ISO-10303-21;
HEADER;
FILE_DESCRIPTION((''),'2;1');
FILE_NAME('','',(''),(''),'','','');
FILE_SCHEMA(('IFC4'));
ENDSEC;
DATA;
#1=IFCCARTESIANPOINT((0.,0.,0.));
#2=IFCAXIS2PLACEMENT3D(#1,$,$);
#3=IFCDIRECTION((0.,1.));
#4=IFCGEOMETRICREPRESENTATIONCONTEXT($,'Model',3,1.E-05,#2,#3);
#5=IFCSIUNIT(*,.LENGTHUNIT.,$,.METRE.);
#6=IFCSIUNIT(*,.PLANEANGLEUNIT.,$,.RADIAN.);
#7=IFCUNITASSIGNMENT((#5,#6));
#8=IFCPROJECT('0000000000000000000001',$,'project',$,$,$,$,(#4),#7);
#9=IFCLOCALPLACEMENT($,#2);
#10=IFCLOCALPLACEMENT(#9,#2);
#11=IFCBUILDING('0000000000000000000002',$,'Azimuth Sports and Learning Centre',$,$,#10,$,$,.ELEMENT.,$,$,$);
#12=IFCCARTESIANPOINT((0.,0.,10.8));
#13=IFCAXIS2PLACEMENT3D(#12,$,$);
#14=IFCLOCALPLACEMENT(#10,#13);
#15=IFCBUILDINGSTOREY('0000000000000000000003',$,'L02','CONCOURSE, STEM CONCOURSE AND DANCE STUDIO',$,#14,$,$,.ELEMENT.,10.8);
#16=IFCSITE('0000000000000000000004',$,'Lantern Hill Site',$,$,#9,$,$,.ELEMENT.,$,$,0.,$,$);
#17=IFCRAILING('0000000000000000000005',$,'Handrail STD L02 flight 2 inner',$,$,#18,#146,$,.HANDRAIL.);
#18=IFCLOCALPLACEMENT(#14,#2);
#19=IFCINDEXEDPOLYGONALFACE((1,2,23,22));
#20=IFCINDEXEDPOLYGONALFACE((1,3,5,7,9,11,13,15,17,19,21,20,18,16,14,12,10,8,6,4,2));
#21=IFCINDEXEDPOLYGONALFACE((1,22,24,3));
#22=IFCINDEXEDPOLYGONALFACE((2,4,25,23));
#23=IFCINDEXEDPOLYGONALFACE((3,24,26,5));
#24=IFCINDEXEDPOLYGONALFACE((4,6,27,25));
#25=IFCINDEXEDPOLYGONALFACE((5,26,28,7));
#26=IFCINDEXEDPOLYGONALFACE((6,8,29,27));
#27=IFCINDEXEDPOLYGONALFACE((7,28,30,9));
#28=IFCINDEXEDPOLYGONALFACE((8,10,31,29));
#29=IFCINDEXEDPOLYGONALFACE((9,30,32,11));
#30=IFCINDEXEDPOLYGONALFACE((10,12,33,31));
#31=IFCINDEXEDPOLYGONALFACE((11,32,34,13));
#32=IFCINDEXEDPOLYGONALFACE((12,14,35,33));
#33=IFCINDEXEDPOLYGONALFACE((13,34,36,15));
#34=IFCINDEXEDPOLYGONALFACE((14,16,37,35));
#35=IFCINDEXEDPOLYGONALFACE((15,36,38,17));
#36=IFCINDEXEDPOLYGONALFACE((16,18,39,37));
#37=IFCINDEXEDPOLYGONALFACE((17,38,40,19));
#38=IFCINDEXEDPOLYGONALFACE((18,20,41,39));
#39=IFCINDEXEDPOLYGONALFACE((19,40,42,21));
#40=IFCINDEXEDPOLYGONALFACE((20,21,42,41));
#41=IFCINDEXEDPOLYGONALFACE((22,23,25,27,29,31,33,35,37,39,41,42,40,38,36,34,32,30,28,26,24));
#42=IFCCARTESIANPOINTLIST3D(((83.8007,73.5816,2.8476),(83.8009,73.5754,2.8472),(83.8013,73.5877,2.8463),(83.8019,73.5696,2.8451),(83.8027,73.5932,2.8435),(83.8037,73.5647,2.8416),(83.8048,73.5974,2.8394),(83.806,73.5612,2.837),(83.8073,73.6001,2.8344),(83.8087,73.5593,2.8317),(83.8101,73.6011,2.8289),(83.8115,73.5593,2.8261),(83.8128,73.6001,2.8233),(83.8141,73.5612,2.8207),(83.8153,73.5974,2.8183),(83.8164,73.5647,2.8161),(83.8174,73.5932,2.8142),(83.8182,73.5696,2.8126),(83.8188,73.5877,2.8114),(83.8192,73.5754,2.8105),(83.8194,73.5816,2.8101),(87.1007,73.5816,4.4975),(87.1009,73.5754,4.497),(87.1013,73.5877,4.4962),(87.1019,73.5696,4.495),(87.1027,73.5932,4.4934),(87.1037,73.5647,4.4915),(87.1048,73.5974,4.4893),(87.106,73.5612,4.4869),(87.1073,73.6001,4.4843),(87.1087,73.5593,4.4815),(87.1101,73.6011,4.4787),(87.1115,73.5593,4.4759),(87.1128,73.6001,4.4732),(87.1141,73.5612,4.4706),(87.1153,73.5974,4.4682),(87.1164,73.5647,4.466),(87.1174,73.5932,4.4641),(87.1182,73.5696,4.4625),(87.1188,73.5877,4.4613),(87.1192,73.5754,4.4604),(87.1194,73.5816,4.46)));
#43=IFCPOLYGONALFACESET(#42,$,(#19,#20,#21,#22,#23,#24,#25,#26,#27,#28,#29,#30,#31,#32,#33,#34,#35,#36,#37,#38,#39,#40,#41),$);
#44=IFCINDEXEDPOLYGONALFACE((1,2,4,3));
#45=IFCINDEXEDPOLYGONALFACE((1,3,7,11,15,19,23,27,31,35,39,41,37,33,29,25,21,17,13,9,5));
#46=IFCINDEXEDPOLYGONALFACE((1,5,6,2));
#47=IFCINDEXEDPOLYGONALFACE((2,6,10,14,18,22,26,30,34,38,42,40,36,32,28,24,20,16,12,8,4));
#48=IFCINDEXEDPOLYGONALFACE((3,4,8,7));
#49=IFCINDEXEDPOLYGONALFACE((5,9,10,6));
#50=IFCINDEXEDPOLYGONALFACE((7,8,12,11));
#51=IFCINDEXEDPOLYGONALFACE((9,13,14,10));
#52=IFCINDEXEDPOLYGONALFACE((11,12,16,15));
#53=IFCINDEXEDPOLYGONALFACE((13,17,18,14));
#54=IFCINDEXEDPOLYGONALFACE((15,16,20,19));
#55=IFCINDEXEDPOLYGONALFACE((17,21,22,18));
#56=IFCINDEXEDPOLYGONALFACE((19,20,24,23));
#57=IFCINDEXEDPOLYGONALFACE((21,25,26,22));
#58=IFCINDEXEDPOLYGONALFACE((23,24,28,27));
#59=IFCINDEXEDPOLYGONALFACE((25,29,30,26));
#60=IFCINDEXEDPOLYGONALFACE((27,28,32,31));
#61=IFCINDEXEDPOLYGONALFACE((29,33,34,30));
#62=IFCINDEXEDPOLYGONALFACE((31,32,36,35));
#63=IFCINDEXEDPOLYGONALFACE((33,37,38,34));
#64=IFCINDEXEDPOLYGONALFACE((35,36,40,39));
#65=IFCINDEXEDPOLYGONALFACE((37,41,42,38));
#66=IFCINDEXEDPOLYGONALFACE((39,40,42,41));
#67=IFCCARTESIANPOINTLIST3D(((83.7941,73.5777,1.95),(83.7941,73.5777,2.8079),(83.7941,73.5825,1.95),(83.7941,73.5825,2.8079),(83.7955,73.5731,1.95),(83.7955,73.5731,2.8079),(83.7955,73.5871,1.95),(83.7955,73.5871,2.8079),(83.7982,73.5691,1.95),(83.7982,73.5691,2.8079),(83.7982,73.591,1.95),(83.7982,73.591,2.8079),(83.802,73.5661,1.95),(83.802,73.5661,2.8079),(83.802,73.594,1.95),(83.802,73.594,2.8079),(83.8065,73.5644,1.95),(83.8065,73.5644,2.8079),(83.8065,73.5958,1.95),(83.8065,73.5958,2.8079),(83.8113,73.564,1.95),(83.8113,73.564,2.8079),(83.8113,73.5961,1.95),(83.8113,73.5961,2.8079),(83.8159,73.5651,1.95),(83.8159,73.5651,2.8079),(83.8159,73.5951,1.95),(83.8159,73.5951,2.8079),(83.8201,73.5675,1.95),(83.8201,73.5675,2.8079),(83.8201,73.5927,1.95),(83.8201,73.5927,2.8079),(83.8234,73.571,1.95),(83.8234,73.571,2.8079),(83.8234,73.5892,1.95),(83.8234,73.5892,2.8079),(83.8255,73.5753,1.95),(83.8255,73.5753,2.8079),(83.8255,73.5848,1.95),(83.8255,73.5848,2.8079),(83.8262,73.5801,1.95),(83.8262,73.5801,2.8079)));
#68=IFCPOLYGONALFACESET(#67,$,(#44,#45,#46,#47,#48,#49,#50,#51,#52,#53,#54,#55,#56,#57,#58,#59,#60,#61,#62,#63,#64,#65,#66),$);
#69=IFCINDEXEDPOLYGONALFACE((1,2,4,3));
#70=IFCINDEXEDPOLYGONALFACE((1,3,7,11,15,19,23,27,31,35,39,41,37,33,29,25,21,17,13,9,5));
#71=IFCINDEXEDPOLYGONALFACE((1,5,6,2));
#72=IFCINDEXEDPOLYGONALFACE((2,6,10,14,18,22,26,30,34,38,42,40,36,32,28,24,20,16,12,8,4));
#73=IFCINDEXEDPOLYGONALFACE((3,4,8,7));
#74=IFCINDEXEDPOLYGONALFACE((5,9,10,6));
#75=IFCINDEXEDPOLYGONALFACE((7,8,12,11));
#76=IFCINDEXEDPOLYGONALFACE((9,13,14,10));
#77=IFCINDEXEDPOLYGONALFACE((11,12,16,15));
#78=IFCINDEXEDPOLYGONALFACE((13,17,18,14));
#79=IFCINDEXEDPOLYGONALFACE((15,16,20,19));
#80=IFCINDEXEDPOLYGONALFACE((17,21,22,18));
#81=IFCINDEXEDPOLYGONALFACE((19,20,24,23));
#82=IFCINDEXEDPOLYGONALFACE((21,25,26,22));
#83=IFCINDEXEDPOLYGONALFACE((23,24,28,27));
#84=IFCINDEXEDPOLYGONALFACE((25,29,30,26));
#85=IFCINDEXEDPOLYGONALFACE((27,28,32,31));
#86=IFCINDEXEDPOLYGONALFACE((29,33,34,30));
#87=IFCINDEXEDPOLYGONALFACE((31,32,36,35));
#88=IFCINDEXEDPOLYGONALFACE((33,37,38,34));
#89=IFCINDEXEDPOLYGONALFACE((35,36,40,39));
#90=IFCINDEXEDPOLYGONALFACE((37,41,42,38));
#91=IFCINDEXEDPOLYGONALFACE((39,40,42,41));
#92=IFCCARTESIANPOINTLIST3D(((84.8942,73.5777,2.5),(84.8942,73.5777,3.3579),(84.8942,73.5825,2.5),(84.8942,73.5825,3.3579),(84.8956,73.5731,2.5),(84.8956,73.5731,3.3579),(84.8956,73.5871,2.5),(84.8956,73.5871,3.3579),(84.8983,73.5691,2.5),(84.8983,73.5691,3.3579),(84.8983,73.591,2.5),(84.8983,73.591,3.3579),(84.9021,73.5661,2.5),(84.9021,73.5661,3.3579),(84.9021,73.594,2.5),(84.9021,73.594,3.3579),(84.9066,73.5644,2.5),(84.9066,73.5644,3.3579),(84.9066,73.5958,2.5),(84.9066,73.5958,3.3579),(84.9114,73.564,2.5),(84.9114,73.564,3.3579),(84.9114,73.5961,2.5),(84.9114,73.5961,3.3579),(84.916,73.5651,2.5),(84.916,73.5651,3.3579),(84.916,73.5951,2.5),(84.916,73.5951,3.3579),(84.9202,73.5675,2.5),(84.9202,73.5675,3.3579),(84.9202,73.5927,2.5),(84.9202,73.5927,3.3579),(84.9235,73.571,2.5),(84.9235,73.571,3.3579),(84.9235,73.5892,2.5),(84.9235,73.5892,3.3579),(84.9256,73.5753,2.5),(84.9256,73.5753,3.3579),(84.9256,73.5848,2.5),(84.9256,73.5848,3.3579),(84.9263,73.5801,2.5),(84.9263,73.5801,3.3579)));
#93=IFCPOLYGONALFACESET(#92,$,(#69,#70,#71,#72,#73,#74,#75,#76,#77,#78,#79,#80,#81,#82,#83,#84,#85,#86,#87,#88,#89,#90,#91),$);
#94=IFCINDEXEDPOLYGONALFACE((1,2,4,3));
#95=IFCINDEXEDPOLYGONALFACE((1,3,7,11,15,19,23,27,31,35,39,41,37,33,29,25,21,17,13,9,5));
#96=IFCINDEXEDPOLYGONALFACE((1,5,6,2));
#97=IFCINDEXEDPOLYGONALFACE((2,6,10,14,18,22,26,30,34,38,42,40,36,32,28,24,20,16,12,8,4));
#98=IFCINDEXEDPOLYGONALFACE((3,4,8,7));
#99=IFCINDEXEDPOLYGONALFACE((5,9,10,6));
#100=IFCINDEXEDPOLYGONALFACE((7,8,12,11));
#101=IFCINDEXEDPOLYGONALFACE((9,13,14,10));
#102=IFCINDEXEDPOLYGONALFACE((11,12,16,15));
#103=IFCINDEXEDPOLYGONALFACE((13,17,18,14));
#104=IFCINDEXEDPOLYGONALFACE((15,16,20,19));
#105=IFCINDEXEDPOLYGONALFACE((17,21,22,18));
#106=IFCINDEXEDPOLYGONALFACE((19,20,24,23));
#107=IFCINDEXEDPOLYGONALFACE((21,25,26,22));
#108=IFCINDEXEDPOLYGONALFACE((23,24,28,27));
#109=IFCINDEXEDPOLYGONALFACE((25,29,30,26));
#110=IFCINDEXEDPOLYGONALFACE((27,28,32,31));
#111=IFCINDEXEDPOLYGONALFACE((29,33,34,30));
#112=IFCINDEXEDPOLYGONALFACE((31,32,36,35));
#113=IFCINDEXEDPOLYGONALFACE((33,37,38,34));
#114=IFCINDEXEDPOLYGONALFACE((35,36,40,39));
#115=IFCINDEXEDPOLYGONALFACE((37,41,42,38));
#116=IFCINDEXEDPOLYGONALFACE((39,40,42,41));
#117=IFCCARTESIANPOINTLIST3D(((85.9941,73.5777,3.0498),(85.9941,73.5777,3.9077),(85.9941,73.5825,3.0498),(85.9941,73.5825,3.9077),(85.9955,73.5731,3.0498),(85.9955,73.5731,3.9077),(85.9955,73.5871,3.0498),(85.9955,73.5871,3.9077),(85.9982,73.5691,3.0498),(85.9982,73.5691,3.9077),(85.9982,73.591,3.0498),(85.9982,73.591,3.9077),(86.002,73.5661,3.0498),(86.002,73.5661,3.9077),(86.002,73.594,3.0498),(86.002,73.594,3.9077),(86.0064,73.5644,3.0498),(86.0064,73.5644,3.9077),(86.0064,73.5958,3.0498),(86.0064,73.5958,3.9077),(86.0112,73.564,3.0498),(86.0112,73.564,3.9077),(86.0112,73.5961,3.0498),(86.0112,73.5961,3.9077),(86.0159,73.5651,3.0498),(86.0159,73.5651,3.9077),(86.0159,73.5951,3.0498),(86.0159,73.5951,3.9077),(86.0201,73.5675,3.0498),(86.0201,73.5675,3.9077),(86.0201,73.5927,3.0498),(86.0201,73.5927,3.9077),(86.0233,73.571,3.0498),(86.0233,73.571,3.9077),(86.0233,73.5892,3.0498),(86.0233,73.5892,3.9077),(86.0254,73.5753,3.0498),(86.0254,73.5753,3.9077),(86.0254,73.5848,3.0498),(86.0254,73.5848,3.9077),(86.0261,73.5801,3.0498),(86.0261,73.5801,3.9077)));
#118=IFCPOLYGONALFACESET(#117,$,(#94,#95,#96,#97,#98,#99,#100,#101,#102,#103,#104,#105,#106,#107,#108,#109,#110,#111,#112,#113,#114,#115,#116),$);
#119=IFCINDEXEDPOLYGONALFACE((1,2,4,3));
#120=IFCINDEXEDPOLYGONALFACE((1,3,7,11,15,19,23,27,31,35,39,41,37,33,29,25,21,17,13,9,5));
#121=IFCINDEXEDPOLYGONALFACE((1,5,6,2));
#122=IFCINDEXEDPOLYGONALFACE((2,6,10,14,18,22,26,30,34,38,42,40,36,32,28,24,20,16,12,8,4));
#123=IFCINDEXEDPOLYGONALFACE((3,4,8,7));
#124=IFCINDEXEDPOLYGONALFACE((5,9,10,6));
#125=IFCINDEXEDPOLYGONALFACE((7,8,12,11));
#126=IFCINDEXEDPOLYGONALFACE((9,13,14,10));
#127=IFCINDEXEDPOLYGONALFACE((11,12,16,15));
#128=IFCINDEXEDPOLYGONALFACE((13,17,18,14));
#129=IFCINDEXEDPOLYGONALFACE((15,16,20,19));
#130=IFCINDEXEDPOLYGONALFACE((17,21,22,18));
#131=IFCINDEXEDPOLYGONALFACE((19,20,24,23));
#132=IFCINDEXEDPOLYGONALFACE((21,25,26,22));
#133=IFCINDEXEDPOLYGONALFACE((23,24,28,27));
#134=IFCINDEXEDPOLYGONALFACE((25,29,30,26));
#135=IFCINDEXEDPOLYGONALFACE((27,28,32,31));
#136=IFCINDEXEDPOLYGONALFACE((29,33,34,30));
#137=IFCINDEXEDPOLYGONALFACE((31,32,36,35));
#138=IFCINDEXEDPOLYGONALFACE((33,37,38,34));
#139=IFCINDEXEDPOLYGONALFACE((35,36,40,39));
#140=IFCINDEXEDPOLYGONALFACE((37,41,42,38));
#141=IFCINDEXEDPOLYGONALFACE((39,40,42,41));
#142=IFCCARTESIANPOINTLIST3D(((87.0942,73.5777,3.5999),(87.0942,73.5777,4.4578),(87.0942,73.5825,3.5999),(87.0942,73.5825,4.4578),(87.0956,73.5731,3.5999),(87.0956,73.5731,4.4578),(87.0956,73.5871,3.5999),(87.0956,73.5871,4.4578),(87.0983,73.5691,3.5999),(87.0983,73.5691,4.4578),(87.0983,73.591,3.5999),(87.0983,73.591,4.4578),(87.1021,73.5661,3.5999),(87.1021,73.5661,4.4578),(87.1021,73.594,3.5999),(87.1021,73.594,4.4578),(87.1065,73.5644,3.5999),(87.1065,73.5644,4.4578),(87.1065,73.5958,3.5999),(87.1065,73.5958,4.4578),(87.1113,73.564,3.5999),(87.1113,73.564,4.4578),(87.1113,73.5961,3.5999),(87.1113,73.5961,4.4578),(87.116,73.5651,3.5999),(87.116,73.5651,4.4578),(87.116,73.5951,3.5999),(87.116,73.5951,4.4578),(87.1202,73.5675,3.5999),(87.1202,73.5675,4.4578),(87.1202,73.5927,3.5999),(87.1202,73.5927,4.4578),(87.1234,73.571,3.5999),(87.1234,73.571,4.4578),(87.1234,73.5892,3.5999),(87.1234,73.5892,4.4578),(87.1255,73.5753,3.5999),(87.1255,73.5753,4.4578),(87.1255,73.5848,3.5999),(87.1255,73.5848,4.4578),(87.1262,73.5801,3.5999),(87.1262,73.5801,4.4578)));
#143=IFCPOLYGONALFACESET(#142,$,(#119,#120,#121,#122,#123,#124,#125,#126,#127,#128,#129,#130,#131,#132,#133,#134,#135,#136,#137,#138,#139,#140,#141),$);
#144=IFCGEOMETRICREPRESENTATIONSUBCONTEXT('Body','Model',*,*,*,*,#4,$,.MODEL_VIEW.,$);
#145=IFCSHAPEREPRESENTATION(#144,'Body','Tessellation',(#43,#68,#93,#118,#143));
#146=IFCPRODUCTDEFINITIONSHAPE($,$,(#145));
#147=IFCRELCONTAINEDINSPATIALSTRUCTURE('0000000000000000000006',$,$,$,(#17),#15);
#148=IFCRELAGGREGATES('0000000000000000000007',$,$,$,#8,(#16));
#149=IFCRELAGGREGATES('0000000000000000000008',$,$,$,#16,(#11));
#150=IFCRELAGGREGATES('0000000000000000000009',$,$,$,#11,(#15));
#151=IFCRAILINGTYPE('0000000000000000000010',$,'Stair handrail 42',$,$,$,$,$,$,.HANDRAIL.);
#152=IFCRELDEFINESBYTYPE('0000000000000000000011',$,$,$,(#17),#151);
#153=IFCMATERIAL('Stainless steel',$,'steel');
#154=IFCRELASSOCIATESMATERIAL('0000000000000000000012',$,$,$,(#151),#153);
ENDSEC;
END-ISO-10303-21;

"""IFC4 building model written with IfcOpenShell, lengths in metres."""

from ifc_helpers import new_model, si_unit, direction, frame, origin, origin_2d, place, context, subcontext, project, spatial, circle, extrude, material, type_object, element, save


model = new_model("IFC4")

# Units and contexts
model_context = context("Model", 3, precision=1e-05, world=origin(), true_north=direction((0.0, 1.0)))
body_context = subcontext(model_context, "Body", "Model", "MODEL_VIEW")
ifc_project = project(units=[si_unit("LENGTHUNIT", "METRE"), si_unit("PLANEANGLEUNIT", "RADIAN")], contexts=[model_context])

# Site, building, storey
site_placement = place(None, origin())
site = spatial("IfcSite", under=ifc_project, at=site_placement, Name="Lantern Hill Site", CompositionType="ELEMENT", RefElevation=0.0)
building_placement = place(site_placement, origin())
building = spatial("IfcBuilding", under=site, at=building_placement, Name="Azimuth Sports and Learning Centre", CompositionType="ELEMENT")
storey_placement = place(building_placement, frame((0.0, 0.0, 10.8)))
storey = spatial("IfcBuildingStorey", under=building, at=storey_placement, Name="L02", Description="CONCOURSE, STEM CONCOURSE AND DANCE STUDIO", CompositionType="ELEMENT", Elevation=10.8)

# Railing
ifc_material_1 = material(Name="Stainless steel", Category="steel")
railing_type_1 = type_object("IfcRailingType", Name="Stair handrail 42", PredefinedType="HANDRAIL", material=ifc_material_1)
for number, where, name in (
    (1, (83.8101, 73.5801, 1.95), "Handrail STD L02 flight 2 inner"),
):
    element("IfcRailing", number, at=place(storey_placement, frame(where)), inside=storey, type_object=railing_type_1, Name=name, PredefinedType="HANDRAIL", context=body_context, shape_type="SweptSolid", body=[
        extrude(circle(Radius=0.021, at=origin_2d()), frame((0.0, 0.0, 0.8789), z_axis=(0.89444, 0.0, 0.447187), x_axis=(0.0, 1.0, 0.0)), (0.0, 0.0, 1.0), 3.6895),
        extrude(circle(Radius=0.0161, at=origin_2d()), origin(), (0.0, 0.0, 1.0), 0.8579),
        extrude(circle(Radius=0.0161, at=origin_2d()), frame((1.1001, 0.0, 0.55)), (0.0, 0.0, 1.0), 0.8579),
        extrude(circle(Radius=0.0161, at=origin_2d()), frame((2.2, 0.0, 1.0999)), (0.0, 0.0, 1.0), 0.8579),
        extrude(circle(Radius=0.0161, at=origin_2d()), frame((3.3, 0.0, 1.6499)), (0.0, 0.0, 1.0), 0.8579),
    ])

save(model, "model.ifc")
